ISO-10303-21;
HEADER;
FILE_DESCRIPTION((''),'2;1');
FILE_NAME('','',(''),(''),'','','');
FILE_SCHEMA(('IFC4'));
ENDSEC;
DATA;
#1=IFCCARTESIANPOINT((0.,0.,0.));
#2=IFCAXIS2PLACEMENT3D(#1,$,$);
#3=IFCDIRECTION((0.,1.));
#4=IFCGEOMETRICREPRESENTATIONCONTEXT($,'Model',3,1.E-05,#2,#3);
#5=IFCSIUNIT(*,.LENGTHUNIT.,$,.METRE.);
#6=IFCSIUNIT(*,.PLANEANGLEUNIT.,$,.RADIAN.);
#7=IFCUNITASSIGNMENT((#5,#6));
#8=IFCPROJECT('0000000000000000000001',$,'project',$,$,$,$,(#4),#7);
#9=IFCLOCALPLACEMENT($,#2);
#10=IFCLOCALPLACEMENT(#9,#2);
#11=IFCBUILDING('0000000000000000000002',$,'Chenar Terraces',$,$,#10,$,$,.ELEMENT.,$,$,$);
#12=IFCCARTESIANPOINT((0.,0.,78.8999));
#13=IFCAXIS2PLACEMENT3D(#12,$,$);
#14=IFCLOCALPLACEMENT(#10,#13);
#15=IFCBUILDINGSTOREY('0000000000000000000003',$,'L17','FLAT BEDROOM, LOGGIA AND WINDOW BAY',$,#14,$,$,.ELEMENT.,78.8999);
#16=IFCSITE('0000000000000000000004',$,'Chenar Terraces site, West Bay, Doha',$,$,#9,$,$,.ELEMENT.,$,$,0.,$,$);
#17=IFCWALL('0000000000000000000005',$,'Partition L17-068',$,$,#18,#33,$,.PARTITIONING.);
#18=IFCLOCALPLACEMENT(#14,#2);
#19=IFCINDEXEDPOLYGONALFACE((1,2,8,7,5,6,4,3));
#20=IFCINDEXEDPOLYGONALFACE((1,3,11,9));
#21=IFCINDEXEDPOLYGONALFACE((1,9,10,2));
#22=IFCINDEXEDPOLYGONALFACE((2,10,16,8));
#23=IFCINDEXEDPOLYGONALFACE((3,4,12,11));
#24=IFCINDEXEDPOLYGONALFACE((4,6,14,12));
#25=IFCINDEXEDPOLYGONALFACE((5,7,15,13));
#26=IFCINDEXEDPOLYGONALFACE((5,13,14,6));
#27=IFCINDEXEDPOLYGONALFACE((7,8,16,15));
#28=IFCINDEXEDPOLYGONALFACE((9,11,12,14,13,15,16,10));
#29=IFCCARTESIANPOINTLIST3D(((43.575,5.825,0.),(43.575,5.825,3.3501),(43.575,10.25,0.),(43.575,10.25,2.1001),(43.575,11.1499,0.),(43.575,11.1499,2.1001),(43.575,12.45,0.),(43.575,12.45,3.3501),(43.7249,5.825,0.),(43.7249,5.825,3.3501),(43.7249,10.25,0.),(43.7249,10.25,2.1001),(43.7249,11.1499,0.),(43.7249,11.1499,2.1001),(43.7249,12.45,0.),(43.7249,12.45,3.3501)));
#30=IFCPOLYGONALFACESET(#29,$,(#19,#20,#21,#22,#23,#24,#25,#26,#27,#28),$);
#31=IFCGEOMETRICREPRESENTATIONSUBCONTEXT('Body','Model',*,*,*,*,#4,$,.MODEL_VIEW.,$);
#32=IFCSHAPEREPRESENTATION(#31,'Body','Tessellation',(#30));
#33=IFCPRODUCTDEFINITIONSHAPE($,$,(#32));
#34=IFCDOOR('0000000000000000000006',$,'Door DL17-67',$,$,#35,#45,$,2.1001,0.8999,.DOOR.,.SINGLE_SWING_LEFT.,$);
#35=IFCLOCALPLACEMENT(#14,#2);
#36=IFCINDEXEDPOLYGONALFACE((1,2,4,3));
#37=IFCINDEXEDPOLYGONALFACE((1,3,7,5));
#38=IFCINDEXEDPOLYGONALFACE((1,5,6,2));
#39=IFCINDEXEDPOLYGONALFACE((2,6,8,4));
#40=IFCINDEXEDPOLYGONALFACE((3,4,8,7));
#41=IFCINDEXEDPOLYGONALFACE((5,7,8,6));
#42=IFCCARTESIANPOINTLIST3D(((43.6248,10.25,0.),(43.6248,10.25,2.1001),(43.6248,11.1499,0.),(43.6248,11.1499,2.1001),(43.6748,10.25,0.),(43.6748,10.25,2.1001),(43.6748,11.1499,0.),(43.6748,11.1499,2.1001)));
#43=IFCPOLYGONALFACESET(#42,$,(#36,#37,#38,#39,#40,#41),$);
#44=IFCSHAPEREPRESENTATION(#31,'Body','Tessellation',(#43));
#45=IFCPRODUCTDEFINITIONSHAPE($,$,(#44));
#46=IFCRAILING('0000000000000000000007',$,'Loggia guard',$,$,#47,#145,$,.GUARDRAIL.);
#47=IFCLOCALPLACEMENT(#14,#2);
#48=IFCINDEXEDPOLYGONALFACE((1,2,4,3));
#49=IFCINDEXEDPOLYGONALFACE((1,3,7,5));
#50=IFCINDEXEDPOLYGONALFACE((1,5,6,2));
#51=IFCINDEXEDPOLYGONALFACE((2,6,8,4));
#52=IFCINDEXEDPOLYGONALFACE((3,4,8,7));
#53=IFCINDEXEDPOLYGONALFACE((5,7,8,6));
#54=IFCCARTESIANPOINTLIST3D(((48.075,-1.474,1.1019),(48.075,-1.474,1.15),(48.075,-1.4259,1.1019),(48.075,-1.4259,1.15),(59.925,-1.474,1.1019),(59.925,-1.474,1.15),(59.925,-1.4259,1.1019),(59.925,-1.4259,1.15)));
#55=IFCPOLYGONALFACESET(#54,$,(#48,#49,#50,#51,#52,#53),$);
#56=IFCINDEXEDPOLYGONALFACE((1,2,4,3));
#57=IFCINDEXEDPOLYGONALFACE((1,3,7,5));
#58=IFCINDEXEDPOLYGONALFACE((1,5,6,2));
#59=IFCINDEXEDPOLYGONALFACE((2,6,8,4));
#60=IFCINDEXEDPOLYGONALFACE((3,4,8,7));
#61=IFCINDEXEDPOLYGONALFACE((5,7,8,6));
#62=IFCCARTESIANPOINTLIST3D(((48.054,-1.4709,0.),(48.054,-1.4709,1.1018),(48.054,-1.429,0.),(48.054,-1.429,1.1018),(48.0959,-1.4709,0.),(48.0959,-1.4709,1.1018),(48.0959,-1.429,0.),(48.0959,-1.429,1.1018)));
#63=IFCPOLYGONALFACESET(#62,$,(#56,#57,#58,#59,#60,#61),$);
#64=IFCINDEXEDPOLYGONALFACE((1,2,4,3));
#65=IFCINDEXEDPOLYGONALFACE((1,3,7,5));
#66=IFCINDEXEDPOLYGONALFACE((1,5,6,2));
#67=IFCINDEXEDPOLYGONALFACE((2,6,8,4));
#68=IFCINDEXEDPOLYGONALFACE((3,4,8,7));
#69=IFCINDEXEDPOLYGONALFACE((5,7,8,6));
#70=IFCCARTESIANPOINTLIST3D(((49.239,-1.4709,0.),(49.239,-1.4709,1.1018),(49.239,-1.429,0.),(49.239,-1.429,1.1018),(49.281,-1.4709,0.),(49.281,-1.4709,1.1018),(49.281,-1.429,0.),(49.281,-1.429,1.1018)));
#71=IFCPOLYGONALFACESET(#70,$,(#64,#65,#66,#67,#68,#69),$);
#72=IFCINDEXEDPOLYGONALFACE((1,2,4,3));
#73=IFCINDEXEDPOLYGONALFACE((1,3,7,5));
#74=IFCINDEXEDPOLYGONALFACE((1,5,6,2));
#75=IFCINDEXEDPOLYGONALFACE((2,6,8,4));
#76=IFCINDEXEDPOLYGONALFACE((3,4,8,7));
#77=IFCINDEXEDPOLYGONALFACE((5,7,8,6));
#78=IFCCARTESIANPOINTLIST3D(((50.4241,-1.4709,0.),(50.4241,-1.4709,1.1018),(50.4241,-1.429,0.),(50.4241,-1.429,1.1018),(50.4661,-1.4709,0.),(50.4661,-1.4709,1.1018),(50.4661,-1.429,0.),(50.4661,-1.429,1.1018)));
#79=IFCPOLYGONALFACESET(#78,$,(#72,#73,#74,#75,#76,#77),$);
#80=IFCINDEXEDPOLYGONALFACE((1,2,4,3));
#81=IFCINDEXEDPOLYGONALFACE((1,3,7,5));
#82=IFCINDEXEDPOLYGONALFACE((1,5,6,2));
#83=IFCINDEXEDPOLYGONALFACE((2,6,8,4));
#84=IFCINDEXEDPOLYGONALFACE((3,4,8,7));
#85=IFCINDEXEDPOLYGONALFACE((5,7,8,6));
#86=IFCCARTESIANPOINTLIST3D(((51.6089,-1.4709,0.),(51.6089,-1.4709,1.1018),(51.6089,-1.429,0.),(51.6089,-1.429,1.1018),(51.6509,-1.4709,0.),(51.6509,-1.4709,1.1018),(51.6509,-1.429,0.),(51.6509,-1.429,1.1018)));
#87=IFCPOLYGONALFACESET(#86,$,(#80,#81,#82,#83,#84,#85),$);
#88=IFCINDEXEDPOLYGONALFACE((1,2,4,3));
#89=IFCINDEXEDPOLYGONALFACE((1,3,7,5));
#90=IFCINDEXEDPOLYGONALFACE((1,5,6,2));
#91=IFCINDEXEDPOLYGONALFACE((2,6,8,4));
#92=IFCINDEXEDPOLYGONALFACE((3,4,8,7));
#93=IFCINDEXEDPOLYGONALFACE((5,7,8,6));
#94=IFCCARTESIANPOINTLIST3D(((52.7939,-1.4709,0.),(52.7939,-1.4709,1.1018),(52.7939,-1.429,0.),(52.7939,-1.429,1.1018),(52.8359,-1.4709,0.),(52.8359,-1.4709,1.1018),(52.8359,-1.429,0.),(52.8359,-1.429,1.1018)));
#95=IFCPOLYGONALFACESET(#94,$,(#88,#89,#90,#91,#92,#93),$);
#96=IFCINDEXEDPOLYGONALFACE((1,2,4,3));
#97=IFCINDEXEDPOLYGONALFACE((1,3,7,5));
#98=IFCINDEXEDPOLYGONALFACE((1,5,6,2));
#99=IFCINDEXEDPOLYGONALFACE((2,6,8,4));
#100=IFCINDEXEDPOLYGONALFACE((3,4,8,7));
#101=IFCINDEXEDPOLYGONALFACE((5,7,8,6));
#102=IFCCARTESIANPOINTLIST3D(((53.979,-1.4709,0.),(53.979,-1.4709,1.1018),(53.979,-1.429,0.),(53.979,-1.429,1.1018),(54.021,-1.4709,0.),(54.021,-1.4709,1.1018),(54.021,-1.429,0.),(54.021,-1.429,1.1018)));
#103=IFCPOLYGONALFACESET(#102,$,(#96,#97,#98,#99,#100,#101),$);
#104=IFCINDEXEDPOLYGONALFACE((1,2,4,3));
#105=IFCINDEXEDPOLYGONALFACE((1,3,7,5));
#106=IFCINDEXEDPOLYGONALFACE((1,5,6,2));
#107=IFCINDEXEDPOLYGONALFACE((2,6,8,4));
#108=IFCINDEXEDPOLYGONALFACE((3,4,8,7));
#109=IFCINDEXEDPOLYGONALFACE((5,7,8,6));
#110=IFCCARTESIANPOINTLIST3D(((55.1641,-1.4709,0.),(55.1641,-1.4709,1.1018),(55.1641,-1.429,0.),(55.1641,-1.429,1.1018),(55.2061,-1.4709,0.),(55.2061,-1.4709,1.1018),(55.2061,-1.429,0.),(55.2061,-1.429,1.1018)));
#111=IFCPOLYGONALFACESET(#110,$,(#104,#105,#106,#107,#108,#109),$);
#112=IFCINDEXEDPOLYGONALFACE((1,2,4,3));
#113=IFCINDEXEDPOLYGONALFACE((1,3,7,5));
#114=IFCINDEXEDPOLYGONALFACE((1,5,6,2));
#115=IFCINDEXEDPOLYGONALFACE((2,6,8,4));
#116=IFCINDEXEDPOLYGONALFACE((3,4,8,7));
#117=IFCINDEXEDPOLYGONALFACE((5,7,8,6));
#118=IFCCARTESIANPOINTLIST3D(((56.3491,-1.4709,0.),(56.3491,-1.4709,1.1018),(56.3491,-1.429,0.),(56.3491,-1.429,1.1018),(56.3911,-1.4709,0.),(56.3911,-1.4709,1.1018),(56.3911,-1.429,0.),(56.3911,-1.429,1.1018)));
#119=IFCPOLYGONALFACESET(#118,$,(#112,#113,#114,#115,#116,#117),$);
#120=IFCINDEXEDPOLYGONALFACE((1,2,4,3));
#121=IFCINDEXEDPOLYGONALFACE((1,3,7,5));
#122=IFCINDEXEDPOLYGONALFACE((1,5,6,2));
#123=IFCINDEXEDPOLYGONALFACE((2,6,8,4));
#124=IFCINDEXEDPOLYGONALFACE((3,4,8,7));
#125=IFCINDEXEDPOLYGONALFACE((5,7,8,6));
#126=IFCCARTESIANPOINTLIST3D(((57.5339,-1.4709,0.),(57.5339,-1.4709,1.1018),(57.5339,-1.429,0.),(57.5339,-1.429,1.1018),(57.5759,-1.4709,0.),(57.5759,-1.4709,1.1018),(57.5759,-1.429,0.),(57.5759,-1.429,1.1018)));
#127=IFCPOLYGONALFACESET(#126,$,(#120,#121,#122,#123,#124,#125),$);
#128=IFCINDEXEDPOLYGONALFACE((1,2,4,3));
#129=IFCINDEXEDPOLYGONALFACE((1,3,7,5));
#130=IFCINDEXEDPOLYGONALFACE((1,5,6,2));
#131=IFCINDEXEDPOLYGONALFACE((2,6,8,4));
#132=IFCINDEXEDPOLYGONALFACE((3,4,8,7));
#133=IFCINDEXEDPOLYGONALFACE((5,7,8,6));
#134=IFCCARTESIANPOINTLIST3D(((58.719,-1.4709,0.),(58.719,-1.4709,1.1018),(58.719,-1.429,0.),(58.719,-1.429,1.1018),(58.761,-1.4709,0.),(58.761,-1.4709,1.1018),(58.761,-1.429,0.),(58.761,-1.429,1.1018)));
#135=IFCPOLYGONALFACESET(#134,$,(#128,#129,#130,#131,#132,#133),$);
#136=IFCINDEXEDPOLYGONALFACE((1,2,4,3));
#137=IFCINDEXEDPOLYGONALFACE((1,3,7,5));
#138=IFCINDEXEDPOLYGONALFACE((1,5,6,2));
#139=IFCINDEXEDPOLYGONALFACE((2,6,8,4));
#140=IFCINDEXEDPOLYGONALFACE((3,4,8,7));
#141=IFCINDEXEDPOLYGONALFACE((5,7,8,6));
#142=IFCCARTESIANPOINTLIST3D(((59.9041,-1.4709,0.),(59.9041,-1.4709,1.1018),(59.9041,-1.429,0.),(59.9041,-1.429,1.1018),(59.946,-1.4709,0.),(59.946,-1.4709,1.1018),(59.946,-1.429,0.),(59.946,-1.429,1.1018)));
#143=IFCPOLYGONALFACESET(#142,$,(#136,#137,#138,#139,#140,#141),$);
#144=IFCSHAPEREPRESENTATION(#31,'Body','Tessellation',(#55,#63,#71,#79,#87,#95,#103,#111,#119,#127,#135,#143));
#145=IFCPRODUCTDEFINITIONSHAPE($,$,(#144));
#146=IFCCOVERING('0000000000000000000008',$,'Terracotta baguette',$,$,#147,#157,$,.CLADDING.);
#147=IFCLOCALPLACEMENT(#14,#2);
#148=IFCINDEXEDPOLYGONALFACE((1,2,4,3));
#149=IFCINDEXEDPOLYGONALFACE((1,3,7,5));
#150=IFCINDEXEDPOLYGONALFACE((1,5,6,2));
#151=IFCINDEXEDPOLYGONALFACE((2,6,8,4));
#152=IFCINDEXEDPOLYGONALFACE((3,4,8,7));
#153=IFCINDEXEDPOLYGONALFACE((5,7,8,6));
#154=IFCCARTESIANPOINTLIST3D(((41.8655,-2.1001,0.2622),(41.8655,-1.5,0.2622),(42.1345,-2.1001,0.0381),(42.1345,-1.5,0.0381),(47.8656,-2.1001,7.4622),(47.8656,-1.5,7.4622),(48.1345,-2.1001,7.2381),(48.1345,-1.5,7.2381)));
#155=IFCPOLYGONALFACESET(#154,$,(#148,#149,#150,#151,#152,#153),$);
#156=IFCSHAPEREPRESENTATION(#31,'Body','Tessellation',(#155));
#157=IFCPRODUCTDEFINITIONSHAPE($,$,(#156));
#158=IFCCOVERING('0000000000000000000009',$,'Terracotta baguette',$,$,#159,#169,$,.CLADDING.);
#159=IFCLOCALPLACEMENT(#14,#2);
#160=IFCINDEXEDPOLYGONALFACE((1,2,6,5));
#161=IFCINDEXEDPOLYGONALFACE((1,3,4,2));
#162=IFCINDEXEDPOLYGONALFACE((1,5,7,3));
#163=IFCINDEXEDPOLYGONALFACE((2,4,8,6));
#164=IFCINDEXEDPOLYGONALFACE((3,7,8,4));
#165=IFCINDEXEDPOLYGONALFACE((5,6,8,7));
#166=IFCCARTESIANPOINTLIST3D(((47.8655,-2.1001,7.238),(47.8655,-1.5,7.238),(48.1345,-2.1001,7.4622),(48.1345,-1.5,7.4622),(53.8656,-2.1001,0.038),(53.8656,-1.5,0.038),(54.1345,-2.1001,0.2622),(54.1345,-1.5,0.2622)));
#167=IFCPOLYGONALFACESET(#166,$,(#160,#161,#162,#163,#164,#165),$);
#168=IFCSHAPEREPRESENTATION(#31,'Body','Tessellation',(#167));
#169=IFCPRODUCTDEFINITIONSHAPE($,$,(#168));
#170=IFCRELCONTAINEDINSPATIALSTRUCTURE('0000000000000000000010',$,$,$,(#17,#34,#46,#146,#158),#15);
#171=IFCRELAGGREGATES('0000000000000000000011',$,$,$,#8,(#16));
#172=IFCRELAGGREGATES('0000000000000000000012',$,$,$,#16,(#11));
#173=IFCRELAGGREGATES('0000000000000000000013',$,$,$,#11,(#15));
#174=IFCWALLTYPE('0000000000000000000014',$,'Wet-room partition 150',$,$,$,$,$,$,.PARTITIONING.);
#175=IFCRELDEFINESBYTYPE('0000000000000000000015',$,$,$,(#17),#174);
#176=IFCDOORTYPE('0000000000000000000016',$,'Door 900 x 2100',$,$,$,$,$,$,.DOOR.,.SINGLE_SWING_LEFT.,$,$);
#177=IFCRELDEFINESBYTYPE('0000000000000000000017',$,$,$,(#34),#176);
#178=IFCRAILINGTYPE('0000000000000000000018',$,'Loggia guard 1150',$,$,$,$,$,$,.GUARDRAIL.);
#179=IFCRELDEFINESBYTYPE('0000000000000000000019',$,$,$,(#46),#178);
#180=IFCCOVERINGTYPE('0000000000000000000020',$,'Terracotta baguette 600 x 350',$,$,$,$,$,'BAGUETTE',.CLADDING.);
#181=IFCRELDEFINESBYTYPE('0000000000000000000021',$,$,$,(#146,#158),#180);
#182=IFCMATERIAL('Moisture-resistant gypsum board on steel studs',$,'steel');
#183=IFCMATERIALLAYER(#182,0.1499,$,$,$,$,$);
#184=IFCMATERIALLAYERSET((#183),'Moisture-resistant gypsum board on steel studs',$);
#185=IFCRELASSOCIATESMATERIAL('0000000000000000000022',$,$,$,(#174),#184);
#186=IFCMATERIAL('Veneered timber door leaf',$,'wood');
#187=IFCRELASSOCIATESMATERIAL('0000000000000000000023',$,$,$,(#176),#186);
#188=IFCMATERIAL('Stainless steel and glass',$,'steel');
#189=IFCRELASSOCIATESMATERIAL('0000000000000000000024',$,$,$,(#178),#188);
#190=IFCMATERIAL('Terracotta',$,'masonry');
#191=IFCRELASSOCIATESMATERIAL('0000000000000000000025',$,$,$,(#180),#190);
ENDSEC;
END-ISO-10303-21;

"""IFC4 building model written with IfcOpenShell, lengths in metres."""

from ifc_helpers import new_model, si_unit, direction, frame, frame_2d, origin, origin_2d, place, context, subcontext, project, spatial, rectangle, extrude, material, layer, layer_set, material_profile, profile_set, type_object, element, fill, save


model = new_model("IFC4")

# Units and contexts
model_context = context("Model", 3, precision=1e-05, world=origin(), true_north=direction((0.0, 1.0)))
body_context = subcontext(model_context, "Body", "Model", "MODEL_VIEW")
ifc_project = project(units=[si_unit("LENGTHUNIT", "METRE"), si_unit("PLANEANGLEUNIT", "RADIAN")], contexts=[model_context])

# Site, building, storey
site_placement = place(None, origin())
site = spatial("IfcSite", under=ifc_project, at=site_placement, Name="Chenar Terraces site, West Bay, Doha", CompositionType="ELEMENT", RefElevation=0.0)
building_placement = place(site_placement, origin())
building = spatial("IfcBuilding", under=site, at=building_placement, Name="Chenar Terraces", CompositionType="ELEMENT")
storey_placement = place(building_placement, frame((0.0, 0.0, 78.8999)))
storey = spatial("IfcBuildingStorey", under=building, at=storey_placement, Name="L17", Description="FLAT BEDROOM, LOGGIA AND WINDOW BAY", CompositionType="ELEMENT", Elevation=78.8999)

# Wall, opening, door
ifc_material_1 = material(Name="Moisture-resistant gypsum board on steel studs", Category="steel")
ifc_layer_1 = layer(ifc_material_1, 0.1499)
ifc_layer_set_1 = layer_set([ifc_layer_1], Name="Moisture-resistant gypsum board on steel studs")
wall_type_1 = type_object("IfcWallType", Name="Wet-room partition 150", PredefinedType="PARTITIONING", material=ifc_layer_set_1)
wall_1_placement = place(storey_placement, frame((43.6499, 5.825, 0.0), z_axis=(0.0, 0.0, 1.0), x_axis=(0.0, 1.0, 0.0)))
wall_1 = element("IfcWall", 1, at=wall_1_placement, inside=storey, type_object=wall_type_1, Name="Partition L17-068", PredefinedType="PARTITIONING", context=body_context, shape_type="SweptSolid", body=[
    extrude(rectangle(XDim=6.625, YDim=0.1499, at=frame_2d((3.3125, 0.0))), origin(), (0.0, 0.0, 1.0), 3.3501),
])
opening_1_placement = place(wall_1_placement, frame((4.425, 0.0, 0.0)))
opening_1 = element("IfcOpeningElement", 2, at=opening_1_placement, cuts=wall_1, PredefinedType="OPENING", context=body_context, shape_type="SweptSolid", body=[
    extrude(rectangle(XDim=0.8999, YDim=2.1001, at=frame_2d((0.45, 1.05))), frame((0.0, 0.085, 0.0), z_axis=(0.0, -1.0, 0.0), x_axis=(1.0, 0.0, 0.0)), (0.0, 0.0, 1.0), 0.1699),
])
ifc_material_2 = material(Name="Veneered timber door leaf", Category="wood")
door_type = type_object("IfcDoorType", Name="Door 900 x 2100", OperationType="SINGLE_SWING_LEFT", PredefinedType="DOOR", material=ifc_material_2)
door_placement = place(opening_1_placement, frame((0.8999, 0.0, 0.0), z_axis=(0.0, 0.0, 1.0), x_axis=(-1.0, 0.0, 0.0)))
door = element("IfcDoor", 3, at=door_placement, inside=storey, type_object=door_type, Name="Door DL17-67", OperationType="SINGLE_SWING_LEFT", OverallHeight=2.1001, OverallWidth=0.8999, PredefinedType="DOOR", context=body_context, shape_type="SweptSolid", body=[
    extrude(rectangle(XDim=0.8999, YDim=2.1001, at=frame_2d((0.45, 1.05))), frame((0.0, 0.0249, 0.0), z_axis=(0.0, -1.0, 0.0), x_axis=(1.0, 0.0, 0.0)), (0.0, 0.0, 1.0), 0.05),
])
fill(opening_1, door)

# Railing
ifc_material_3 = material(Name="Stainless steel and glass", Category="steel")
railing_type = type_object("IfcRailingType", Name="Loggia guard 1150", PredefinedType="GUARDRAIL", material=ifc_material_3)
railing_placement = place(storey_placement, frame((48.075, -1.45, 0.0)))
element("IfcRailing", 4, at=railing_placement, inside=storey, type_object=railing_type, Name="Loggia guard", PredefinedType="GUARDRAIL", context=body_context, shape_type="SweptSolid", body=[
    extrude(rectangle(XDim=0.0481, YDim=0.0481, at=origin_2d()), frame((0.0, 0.0, 1.126), z_axis=(1.0, 0.0, 0.0), x_axis=(0.0, 1.0, 0.0)), (0.0, 0.0, 1.0), 11.8501),
    extrude(rectangle(XDim=0.042, YDim=0.042, at=origin_2d()), origin(), (0.0, 0.0, 1.0), 1.1018),
    extrude(rectangle(XDim=0.042, YDim=0.042, at=origin_2d()), frame((1.1851, 0.0, 0.0)), (0.0, 0.0, 1.0), 1.1018),
    extrude(rectangle(XDim=0.042, YDim=0.042, at=origin_2d()), frame((2.3701, 0.0, 0.0)), (0.0, 0.0, 1.0), 1.1018),
    extrude(rectangle(XDim=0.042, YDim=0.042, at=origin_2d()), frame((3.5549, 0.0, 0.0)), (0.0, 0.0, 1.0), 1.1018),
    extrude(rectangle(XDim=0.042, YDim=0.042, at=origin_2d()), frame((4.74, 0.0, 0.0)), (0.0, 0.0, 1.0), 1.1018),
    extrude(rectangle(XDim=0.042, YDim=0.042, at=origin_2d()), frame((5.925, 0.0, 0.0)), (0.0, 0.0, 1.0), 1.1018),
    extrude(rectangle(XDim=0.042, YDim=0.042, at=origin_2d()), frame((7.1101, 0.0, 0.0)), (0.0, 0.0, 1.0), 1.1018),
    extrude(rectangle(XDim=0.042, YDim=0.042, at=origin_2d()), frame((8.2952, 0.0, 0.0)), (0.0, 0.0, 1.0), 1.1018),
    extrude(rectangle(XDim=0.042, YDim=0.042, at=origin_2d()), frame((9.48, 0.0, 0.0)), (0.0, 0.0, 1.0), 1.1018),
    extrude(rectangle(XDim=0.042, YDim=0.042, at=origin_2d()), frame((10.665, 0.0, 0.0)), (0.0, 0.0, 1.0), 1.1018),
    extrude(rectangle(XDim=0.042, YDim=0.042, at=origin_2d()), frame((11.8501, 0.0, 0.0)), (0.0, 0.0, 1.0), 1.1018),
])

# Coverings
ifc_material_4 = material(Name="Terracotta", Category="masonry")
ifc_material_profile_1 = material_profile(ifc_material_4, rectangle(XDim=0.6001, YDim=0.3501, at=origin_2d()), Name="Terracotta baguette 600 x 350")
ifc_profile_set_1 = profile_set([ifc_material_profile_1], Name="Terracotta")
covering_type = type_object("IfcCoveringType", Name="Terracotta baguette 600 x 350", ElementType="BAGUETTE", PredefinedType="CLADDING", material=ifc_profile_set_1)
for number, where, z_axis, x_axis, name in (
    (5, (42.0, -1.8, 0.1501), (0.640187, 0.0, 0.768219), (0.0, 1.0, 0.0), "Terracotta baguette"),
    (6, (48.0, -1.8, 7.3501), (0.640187, 0.0, -0.768219), (0.0, 1.0, 0.0), "Terracotta baguette"),
):
    element("IfcCovering", number, at=place(storey_placement, frame(where, z_axis=z_axis, x_axis=x_axis)), inside=storey, type_object=covering_type, Name=name, PredefinedType="CLADDING", context=body_context, shape_type="SweptSolid", body=[
        extrude(rectangle(XDim=0.6001, YDim=0.3501, at=origin_2d()), origin(), (0.0, 0.0, 1.0), 9.3723),
    ])

save(model, "model.ifc")
